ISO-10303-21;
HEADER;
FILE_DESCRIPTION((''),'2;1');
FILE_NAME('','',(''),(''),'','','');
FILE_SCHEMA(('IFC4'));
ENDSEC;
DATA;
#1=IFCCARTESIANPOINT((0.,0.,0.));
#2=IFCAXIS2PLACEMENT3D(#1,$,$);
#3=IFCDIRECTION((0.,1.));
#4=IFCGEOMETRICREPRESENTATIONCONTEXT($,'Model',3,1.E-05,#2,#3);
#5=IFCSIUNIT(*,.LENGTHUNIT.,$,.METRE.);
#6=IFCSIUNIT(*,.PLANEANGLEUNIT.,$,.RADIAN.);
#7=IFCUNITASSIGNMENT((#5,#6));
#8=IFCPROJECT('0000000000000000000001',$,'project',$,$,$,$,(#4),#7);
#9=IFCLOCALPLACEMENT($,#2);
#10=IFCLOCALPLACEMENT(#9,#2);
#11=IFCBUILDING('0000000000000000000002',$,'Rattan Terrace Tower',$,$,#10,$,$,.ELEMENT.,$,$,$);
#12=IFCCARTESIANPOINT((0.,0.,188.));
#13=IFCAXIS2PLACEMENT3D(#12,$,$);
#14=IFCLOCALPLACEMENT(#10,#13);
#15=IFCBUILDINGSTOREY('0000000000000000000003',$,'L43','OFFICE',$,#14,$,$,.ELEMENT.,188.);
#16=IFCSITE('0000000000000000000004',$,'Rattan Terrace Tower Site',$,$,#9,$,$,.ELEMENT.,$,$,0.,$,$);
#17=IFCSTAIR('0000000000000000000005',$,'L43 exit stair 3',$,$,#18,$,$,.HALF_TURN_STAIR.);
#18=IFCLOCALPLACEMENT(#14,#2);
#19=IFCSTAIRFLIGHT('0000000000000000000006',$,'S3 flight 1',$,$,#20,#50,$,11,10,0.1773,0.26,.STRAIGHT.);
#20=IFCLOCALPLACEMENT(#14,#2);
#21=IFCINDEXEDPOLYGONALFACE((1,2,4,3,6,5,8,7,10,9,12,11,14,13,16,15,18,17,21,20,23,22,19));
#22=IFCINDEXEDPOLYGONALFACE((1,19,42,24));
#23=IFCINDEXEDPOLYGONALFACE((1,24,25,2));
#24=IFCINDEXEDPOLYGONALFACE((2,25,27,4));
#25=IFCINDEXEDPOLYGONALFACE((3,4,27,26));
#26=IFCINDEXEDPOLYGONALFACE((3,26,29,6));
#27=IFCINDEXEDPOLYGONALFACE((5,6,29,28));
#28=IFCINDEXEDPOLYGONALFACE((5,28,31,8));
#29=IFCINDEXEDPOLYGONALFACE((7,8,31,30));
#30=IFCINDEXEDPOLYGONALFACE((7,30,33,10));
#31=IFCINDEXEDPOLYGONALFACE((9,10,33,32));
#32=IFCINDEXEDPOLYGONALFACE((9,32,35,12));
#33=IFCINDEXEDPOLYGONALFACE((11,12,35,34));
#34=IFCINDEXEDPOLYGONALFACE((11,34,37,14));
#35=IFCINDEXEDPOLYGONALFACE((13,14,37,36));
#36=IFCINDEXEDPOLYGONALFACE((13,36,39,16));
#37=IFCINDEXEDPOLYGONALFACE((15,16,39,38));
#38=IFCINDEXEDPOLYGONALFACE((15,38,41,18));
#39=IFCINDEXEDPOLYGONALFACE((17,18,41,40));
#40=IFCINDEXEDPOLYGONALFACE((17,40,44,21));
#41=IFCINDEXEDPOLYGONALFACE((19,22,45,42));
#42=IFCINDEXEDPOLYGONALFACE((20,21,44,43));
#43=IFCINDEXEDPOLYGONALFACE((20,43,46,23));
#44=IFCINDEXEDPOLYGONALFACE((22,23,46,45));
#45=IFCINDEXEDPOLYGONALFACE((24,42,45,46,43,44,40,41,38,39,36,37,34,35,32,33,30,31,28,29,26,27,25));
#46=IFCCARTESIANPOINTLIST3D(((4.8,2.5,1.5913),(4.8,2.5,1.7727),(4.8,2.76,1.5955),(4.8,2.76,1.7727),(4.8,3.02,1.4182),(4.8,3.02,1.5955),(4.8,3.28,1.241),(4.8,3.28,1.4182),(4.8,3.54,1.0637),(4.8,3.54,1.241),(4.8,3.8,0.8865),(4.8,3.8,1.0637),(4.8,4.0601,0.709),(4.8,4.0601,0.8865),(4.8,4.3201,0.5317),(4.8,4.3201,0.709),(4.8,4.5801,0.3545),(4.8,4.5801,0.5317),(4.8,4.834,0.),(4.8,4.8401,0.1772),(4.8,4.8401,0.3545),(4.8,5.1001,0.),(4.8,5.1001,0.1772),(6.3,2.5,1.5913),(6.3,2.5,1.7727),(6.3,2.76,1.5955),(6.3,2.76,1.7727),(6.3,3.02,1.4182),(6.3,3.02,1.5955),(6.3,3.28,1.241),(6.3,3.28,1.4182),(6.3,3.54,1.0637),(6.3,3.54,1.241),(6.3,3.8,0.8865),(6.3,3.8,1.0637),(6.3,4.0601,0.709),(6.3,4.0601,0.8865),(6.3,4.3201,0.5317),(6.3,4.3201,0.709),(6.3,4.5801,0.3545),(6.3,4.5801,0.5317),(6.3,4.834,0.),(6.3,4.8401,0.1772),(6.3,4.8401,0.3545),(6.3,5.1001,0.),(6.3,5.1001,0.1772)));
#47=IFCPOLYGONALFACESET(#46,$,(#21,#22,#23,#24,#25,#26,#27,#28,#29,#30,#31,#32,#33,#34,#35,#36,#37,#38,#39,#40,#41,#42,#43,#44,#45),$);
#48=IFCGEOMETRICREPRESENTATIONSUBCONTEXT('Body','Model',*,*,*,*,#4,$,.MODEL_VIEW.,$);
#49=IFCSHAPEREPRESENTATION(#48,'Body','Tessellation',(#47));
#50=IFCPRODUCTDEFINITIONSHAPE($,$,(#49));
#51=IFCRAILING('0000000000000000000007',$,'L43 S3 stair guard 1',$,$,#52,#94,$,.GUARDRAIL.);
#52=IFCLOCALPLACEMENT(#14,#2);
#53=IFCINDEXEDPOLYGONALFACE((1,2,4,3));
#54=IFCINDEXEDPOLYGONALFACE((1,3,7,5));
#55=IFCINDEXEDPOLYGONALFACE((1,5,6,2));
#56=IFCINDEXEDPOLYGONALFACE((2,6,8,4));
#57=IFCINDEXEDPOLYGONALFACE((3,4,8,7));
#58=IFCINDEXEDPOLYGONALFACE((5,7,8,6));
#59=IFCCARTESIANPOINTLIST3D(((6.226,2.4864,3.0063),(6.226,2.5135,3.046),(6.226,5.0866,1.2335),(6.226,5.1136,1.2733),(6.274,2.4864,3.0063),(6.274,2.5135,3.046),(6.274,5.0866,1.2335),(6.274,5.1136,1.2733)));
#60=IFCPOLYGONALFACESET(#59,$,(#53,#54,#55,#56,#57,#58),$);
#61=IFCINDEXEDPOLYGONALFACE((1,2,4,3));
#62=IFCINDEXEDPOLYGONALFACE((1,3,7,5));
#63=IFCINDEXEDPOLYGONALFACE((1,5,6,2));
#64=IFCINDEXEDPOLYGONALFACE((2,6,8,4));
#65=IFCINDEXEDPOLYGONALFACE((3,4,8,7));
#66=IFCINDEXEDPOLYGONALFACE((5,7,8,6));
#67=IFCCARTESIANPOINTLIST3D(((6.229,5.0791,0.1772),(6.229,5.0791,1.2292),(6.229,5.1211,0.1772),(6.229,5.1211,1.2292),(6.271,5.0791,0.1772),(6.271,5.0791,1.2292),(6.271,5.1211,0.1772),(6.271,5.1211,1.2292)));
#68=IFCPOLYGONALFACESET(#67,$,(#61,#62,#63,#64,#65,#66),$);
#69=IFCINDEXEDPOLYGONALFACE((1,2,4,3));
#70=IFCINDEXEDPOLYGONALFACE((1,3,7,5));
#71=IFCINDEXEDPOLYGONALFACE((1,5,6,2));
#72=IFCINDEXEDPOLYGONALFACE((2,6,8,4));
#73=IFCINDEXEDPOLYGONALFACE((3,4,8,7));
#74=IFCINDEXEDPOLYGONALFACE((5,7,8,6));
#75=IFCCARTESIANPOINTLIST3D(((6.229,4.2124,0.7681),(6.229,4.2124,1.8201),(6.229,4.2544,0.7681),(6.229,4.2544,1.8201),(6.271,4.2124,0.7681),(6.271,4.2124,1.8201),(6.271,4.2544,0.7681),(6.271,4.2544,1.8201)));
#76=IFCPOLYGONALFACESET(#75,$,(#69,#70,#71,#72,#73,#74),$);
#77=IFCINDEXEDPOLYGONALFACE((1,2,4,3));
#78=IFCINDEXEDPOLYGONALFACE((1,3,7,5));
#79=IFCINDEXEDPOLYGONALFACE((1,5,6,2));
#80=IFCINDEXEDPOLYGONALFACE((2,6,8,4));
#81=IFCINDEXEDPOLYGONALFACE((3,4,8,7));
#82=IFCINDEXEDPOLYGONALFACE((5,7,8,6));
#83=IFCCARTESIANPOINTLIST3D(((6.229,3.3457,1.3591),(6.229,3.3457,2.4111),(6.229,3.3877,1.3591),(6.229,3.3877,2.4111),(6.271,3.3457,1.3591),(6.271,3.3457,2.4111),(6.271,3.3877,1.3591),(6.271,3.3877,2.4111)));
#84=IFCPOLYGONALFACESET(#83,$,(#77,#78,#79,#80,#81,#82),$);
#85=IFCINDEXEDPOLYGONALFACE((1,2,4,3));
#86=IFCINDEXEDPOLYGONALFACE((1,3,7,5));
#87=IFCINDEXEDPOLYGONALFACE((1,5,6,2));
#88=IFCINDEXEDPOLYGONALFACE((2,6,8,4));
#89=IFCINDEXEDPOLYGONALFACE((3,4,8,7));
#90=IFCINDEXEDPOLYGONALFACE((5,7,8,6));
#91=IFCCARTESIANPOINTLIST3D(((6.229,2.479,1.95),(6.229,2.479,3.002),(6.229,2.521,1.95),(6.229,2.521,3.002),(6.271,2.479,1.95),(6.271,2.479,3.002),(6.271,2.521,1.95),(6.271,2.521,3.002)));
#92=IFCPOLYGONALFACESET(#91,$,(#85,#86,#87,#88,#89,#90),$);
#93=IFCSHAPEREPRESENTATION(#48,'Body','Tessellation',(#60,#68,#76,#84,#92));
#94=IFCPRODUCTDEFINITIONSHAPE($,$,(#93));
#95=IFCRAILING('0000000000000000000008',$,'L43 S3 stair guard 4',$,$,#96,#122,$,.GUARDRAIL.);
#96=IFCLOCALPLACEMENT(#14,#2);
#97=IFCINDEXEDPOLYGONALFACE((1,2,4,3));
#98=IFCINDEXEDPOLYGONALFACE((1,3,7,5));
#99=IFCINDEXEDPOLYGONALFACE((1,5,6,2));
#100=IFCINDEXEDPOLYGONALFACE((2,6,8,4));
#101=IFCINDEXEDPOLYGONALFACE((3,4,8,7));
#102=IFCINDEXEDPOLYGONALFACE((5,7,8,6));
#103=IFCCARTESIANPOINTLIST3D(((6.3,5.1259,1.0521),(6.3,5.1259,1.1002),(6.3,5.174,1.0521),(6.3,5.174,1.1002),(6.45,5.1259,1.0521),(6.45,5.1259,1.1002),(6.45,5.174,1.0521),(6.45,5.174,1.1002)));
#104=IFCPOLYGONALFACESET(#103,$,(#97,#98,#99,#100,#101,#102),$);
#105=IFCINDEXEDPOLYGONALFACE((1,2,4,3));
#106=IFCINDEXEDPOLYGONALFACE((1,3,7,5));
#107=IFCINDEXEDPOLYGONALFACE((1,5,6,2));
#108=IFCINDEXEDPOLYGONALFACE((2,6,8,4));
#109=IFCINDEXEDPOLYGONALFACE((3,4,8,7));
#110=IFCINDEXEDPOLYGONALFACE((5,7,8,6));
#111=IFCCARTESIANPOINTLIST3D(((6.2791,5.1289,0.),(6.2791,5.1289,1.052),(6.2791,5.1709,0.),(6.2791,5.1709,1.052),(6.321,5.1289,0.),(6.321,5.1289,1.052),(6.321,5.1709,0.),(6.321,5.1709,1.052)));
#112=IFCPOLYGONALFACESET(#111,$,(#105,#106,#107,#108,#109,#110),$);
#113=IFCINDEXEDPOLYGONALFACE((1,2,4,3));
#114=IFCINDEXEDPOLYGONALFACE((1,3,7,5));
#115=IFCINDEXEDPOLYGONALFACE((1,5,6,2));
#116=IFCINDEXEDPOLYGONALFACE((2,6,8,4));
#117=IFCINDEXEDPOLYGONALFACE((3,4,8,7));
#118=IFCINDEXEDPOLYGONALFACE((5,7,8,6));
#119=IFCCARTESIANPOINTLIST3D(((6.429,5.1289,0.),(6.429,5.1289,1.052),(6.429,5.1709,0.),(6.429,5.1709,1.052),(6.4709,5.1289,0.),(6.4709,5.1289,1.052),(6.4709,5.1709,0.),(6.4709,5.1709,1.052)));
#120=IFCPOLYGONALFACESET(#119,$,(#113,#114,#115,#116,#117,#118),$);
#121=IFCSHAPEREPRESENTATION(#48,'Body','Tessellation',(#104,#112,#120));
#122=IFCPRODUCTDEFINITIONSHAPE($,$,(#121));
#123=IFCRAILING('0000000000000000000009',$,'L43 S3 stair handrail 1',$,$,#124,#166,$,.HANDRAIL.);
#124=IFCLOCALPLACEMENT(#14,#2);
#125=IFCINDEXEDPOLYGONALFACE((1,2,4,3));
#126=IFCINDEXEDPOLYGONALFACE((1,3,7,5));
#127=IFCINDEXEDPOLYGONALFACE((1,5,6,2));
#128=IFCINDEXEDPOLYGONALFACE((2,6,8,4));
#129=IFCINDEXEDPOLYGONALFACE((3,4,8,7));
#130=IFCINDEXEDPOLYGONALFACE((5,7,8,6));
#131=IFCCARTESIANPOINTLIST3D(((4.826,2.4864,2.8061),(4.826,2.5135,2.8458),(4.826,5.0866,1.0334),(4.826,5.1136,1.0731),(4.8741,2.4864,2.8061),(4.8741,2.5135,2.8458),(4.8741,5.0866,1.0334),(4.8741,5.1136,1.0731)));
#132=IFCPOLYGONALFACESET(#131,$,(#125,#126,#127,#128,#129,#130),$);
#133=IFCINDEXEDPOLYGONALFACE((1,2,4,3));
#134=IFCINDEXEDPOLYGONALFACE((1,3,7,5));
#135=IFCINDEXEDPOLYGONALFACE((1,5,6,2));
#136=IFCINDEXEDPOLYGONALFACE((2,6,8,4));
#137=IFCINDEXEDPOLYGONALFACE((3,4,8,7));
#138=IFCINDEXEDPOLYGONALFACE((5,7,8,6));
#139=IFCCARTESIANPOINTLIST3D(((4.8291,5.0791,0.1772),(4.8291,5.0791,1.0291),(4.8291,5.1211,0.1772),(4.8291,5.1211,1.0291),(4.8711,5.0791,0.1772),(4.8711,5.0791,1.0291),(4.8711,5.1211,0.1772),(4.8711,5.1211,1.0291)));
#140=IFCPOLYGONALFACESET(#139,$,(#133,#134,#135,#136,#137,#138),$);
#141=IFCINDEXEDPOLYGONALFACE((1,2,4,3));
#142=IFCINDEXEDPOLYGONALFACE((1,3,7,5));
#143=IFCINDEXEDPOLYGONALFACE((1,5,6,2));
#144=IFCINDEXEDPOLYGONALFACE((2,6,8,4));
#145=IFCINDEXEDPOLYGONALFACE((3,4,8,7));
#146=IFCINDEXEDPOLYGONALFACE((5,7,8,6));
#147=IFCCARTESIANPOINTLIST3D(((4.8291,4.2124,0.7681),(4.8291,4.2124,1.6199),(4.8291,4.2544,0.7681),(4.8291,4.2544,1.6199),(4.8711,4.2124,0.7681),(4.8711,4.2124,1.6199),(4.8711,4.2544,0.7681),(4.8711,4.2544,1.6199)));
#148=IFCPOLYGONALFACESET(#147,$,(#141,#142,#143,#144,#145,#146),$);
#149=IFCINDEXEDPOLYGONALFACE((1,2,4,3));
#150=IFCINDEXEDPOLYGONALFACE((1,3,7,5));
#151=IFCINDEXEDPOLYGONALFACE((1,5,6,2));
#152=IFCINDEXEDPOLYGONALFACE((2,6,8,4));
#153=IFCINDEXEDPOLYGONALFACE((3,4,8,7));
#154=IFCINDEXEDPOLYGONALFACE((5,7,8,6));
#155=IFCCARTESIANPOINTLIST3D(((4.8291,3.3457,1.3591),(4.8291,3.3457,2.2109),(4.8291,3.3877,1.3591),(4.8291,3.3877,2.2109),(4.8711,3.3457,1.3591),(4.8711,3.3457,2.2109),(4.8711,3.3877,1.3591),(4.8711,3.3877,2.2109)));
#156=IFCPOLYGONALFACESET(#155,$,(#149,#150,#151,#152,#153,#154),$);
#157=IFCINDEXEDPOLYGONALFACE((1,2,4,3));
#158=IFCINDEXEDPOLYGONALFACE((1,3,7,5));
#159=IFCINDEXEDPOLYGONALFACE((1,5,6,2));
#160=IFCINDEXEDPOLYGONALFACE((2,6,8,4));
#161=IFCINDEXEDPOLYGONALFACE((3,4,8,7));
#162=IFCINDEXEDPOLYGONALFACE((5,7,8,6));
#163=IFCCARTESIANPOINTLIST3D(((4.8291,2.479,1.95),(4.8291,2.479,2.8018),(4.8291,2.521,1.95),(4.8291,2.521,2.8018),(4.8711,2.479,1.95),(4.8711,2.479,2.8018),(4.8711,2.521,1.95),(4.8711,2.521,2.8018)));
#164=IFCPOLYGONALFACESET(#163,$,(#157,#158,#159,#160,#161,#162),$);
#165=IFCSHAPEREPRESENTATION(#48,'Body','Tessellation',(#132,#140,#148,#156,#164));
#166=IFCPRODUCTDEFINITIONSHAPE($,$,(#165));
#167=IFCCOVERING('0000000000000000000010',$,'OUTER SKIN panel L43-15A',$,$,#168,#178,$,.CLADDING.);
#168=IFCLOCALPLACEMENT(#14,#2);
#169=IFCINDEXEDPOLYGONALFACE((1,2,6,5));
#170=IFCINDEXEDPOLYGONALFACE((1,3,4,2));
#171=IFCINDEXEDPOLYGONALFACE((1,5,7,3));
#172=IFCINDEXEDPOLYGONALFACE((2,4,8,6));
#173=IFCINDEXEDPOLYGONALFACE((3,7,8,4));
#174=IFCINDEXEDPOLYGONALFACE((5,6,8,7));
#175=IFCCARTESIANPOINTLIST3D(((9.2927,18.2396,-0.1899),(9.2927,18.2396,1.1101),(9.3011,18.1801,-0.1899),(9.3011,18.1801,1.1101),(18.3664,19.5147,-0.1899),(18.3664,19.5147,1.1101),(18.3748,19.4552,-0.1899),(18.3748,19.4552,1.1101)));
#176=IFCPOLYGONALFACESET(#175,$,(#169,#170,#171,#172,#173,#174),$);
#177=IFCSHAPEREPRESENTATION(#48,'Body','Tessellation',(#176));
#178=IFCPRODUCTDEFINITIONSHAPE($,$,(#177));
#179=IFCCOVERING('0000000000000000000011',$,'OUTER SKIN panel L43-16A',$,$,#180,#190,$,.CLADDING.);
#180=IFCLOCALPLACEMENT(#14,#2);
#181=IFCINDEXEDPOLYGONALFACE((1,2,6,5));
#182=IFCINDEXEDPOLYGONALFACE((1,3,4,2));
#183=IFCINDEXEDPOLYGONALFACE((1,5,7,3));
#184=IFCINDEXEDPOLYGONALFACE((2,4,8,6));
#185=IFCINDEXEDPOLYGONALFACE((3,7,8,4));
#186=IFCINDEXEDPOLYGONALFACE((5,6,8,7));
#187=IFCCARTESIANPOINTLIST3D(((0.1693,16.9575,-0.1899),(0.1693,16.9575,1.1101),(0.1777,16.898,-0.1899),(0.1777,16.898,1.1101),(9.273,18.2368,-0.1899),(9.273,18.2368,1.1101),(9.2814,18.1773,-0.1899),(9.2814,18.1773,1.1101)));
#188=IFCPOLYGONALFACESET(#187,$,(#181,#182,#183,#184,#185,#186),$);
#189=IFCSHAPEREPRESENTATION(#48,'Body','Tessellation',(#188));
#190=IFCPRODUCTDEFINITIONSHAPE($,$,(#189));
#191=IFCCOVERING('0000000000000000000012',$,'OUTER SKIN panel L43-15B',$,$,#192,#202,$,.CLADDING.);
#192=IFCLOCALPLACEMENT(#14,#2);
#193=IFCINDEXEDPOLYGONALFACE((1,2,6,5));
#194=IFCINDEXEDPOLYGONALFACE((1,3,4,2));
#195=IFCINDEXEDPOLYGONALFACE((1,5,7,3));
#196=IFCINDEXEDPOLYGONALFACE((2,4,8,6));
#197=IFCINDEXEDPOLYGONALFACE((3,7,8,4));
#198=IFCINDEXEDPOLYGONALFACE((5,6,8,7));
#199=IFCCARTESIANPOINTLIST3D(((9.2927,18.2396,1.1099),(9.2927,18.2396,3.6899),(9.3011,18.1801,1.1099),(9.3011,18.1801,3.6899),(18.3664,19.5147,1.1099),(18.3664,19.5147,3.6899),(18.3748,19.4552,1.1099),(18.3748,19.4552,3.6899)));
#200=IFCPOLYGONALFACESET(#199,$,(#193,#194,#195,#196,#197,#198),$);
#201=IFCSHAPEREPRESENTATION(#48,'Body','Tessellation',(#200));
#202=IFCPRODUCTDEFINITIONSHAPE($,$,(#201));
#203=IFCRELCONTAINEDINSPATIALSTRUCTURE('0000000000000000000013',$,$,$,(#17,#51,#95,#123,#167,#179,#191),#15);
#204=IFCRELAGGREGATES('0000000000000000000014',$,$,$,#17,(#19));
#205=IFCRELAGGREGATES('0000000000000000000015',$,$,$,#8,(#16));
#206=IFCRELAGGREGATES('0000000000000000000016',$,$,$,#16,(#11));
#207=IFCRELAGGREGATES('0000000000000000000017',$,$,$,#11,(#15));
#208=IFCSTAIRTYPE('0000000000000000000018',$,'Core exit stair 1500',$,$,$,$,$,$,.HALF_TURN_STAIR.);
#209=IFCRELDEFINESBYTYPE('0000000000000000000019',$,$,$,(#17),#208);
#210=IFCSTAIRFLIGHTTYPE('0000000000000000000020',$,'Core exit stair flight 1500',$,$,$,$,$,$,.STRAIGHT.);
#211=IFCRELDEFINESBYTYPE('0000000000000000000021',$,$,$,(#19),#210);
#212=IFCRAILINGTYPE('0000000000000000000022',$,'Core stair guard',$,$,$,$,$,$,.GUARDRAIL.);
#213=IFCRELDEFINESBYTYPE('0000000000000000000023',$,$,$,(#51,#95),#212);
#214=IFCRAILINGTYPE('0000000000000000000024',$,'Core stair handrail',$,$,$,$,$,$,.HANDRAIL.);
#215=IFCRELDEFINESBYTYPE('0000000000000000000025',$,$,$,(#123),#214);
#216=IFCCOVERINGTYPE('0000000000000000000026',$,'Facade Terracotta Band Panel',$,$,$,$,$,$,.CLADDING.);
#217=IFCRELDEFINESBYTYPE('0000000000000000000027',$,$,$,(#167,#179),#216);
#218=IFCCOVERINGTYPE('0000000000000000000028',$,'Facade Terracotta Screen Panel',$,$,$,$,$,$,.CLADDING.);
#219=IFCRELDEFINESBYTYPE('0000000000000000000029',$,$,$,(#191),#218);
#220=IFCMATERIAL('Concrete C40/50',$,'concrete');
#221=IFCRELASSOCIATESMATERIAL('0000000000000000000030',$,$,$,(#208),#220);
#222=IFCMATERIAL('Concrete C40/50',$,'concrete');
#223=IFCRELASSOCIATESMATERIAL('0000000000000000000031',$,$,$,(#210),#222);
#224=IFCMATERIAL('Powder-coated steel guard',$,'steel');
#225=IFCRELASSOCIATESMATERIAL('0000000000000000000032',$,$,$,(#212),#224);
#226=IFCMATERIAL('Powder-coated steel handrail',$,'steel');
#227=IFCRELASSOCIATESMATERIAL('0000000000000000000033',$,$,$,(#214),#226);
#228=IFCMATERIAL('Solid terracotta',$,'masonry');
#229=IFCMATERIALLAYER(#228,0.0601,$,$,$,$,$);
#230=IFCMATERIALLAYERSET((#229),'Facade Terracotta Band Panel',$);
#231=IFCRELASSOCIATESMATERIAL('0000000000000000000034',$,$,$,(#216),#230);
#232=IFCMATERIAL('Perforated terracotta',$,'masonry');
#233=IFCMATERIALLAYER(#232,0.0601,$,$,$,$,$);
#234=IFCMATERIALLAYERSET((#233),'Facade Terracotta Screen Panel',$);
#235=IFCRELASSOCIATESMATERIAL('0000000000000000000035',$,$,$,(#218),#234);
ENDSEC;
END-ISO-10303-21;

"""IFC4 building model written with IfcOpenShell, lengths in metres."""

from ifc_helpers import new_model, si_unit, direction, frame, origin, origin_2d, place, context, subcontext, project, spatial, polyline, rectangle, outline, extrude, material, layer, layer_set, type_object, element, aggregate, save


model = new_model("IFC4")

# Units and contexts
model_context = context("Model", 3, precision=1e-05, world=origin(), true_north=direction((0.0, 1.0)))
body_context = subcontext(model_context, "Body", "Model", "MODEL_VIEW")
ifc_project = project(units=[si_unit("LENGTHUNIT", "METRE"), si_unit("PLANEANGLEUNIT", "RADIAN")], contexts=[model_context])

# Site, building, storey
site_placement = place(None, origin())
site = spatial("IfcSite", under=ifc_project, at=site_placement, Name="Rattan Terrace Tower Site", CompositionType="ELEMENT", RefElevation=0.0)
building_placement = place(site_placement, origin())
building = spatial("IfcBuilding", under=site, at=building_placement, Name="Rattan Terrace Tower", CompositionType="ELEMENT")
storey_placement = place(building_placement, frame((0.0, 0.0, 188.0)))
storey = spatial("IfcBuildingStorey", under=building, at=storey_placement, Name="L43", Description="OFFICE", CompositionType="ELEMENT", Elevation=188.0)

# Stair, stair flight
ifc_material_1 = material(Name="Concrete C40/50", Category="concrete")
stair_type = type_object("IfcStairType", Name="Core exit stair 1500", PredefinedType="HALF_TURN_STAIR", material=ifc_material_1)
stair_placement = place(storey_placement, origin())
stair = element("IfcStair", 1, at=stair_placement, inside=storey, type_object=stair_type, Name="L43 exit stair 3", PredefinedType="HALF_TURN_STAIR")
ifc_material_2 = material(Name="Concrete C40/50", Category="concrete")
stair_flight_type = type_object("IfcStairFlightType", Name="Core exit stair flight 1500", PredefinedType="STRAIGHT", material=ifc_material_2)
stair_flight_placement = place(storey_placement, frame((5.55, 5.1001, 0.0), z_axis=(0.0, 0.0, 1.0), x_axis=(0.0, -1.0, 0.0)))
stair_flight = element("IfcStairFlight", 2, at=stair_flight_placement, type_object=stair_flight_type, Name="S3 flight 1", NumberOfRisers=11, NumberOfTreads=10, PredefinedType="STRAIGHT", RiserHeight=0.1773, TreadLength=0.26, context=body_context, shape_type="SweptSolid", body=[
    extrude(outline(polyline([(0.0, 0.0), (0.0, 0.1772), (0.26, 0.1772), (0.26, 0.3545), (0.52, 0.3545), (0.52, 0.5317), (0.78, 0.5317), (0.78, 0.709), (1.04, 0.709), (1.04, 0.8865), (1.3, 0.8865), (1.3, 1.0637), (1.5601, 1.0637), (1.5601, 1.241), (1.8201, 1.241), (1.8201, 1.4182), (2.0801, 1.4182), (2.0801, 1.5955), (2.3401, 1.5955), (2.3401, 1.7727), (2.6001, 1.7727), (2.6001, 1.95), (2.6001, 1.5913), (0.2661, 0.0), (0.0, 0.0)])), frame((0.0, 0.75, 0.0), z_axis=(0.0, -1.0, 0.0), x_axis=(1.0, 0.0, 0.0)), (0.0, 0.0, 1.0), 1.5),
])
aggregate(stair, [stair_flight])

# Railings
ifc_material_3 = material(Name="Powder-coated steel guard", Category="steel")
railing_type_1 = type_object("IfcRailingType", Name="Core stair guard", PredefinedType="GUARDRAIL", material=ifc_material_3)
railing_1_placement = place(storey_placement, frame((6.25, 5.1001, 0.1772)))
element("IfcRailing", 3, at=railing_1_placement, inside=storey, type_object=railing_type_1, Name="L43 S3 stair guard 1", PredefinedType="GUARDRAIL", context=body_context, shape_type="SweptSolid", body=[
    extrude(rectangle(XDim=0.0481, YDim=0.0481, at=origin_2d()), frame((0.0, 0.0, 1.0762), z_axis=(0.0, -0.82624, 0.563318), x_axis=(1.0, 0.0, 0.0)), (0.0, 0.0, 1.0), 3.147),
    extrude(rectangle(XDim=0.042, YDim=0.042, at=origin_2d()), origin(), (0.0, 0.0, 1.0), 1.052),
    extrude(rectangle(XDim=0.042, YDim=0.042, at=origin_2d()), frame((0.0, -0.8667, 0.5908)), (0.0, 0.0, 1.0), 1.052),
    extrude(rectangle(XDim=0.042, YDim=0.042, at=origin_2d()), frame((0.0, -1.7334, 1.1819)), (0.0, 0.0, 1.0), 1.052),
    extrude(rectangle(XDim=0.042, YDim=0.042, at=origin_2d()), frame((0.0, -2.6001, 1.7727)), (0.0, 0.0, 1.0), 1.052),
])
railing_2_placement = place(storey_placement, frame((6.3, 5.1499, 0.0)))
element("IfcRailing", 4, at=railing_2_placement, inside=storey, type_object=railing_type_1, Name="L43 S3 stair guard 4", PredefinedType="GUARDRAIL", context=body_context, shape_type="SweptSolid", body=[
    extrude(rectangle(XDim=0.0481, YDim=0.0481, at=origin_2d()), frame((0.0, 0.0, 1.0762), z_axis=(1.0, 0.0, 0.0), x_axis=(0.0, 1.0, 0.0)), (0.0, 0.0, 1.0), 0.1499),
    extrude(rectangle(XDim=0.042, YDim=0.042, at=origin_2d()), origin(), (0.0, 0.0, 1.0), 1.052),
    extrude(rectangle(XDim=0.042, YDim=0.042, at=origin_2d()), frame((0.1499, 0.0, 0.0)), (0.0, 0.0, 1.0), 1.052),
])
ifc_material_4 = material(Name="Powder-coated steel handrail", Category="steel")
railing_type_2 = type_object("IfcRailingType", Name="Core stair handrail", PredefinedType="HANDRAIL", material=ifc_material_4)
railing_3_placement = place(storey_placement, frame((4.8501, 5.1001, 0.1772)))
element("IfcRailing", 5, at=railing_3_placement, inside=storey, type_object=railing_type_2, Name="L43 S3 stair handrail 1", PredefinedType="HANDRAIL", context=body_context, shape_type="SweptSolid", body=[
    extrude(rectangle(XDim=0.0481, YDim=0.0481, at=origin_2d()), frame((0.0, 0.0, 0.876), z_axis=(0.0, -0.82624, 0.563318), x_axis=(1.0, 0.0, 0.0)), (0.0, 0.0, 1.0), 3.147),
    extrude(rectangle(XDim=0.042, YDim=0.042, at=origin_2d()), origin(), (0.0, 0.0, 1.0), 0.8518),
    extrude(rectangle(XDim=0.042, YDim=0.042, at=origin_2d()), frame((0.0, -0.8667, 0.5908)), (0.0, 0.0, 1.0), 0.8518),
    extrude(rectangle(XDim=0.042, YDim=0.042, at=origin_2d()), frame((0.0, -1.7334, 1.1819)), (0.0, 0.0, 1.0), 0.8518),
    extrude(rectangle(XDim=0.042, YDim=0.042, at=origin_2d()), frame((0.0, -2.6001, 1.7727)), (0.0, 0.0, 1.0), 0.8518),
])

# Coverings
ifc_material_5 = material(Name="Solid terracotta", Category="masonry")
ifc_layer_1 = layer(ifc_material_5, 0.0601)
ifc_layer_set_1 = layer_set([ifc_layer_1], Name="Facade Terracotta Band Panel")
covering_type_1 = type_object("IfcCoveringType", Name="Facade Terracotta Band Panel", PredefinedType="CLADDING", material=ifc_layer_set_1)
covering_1_placement = place(storey_placement, frame((13.8337, 18.8474, -0.1899), z_axis=(0.0, 0.0, 1.0), x_axis=(-0.99027, -0.139161, 0.0)))
element("IfcCovering", 6, at=covering_1_placement, inside=storey, type_object=covering_type_1, Name="OUTER SKIN panel L43-15A", PredefinedType="CLADDING", context=body_context, shape_type="SweptSolid", body=[
    extrude(rectangle(XDim=9.1628, YDim=0.0601, at=origin_2d()), origin(), (0.0, 0.0, 1.0), 1.3),
])
covering_2_placement = place(storey_placement, frame((4.7253, 17.5674, -0.1899), z_axis=(0.0, 0.0, 1.0), x_axis=(-0.99027, -0.139161, 0.0)))
element("IfcCovering", 7, at=covering_2_placement, inside=storey, type_object=covering_type_1, Name="OUTER SKIN panel L43-16A", PredefinedType="CLADDING", context=body_context, shape_type="SweptSolid", body=[
    extrude(rectangle(XDim=9.1931, YDim=0.0601, at=origin_2d()), origin(), (0.0, 0.0, 1.0), 1.3),
])
ifc_material_6 = material(Name="Perforated terracotta", Category="masonry")
ifc_layer_2 = layer(ifc_material_6, 0.0601)
ifc_layer_set_2 = layer_set([ifc_layer_2], Name="Facade Terracotta Screen Panel")
covering_type_2 = type_object("IfcCoveringType", Name="Facade Terracotta Screen Panel", PredefinedType="CLADDING", material=ifc_layer_set_2)
covering_3_placement = place(storey_placement, frame((13.8337, 18.8474, 1.1099), z_axis=(0.0, 0.0, 1.0), x_axis=(-0.99027, -0.139161, 0.0)))
element("IfcCovering", 8, at=covering_3_placement, inside=storey, type_object=covering_type_2, Name="OUTER SKIN panel L43-15B", PredefinedType="CLADDING", context=body_context, shape_type="SweptSolid", body=[
    extrude(rectangle(XDim=9.1628, YDim=0.0601, at=origin_2d()), origin(), (0.0, 0.0, 1.0), 2.5801),
])

save(model, "model.ifc")
